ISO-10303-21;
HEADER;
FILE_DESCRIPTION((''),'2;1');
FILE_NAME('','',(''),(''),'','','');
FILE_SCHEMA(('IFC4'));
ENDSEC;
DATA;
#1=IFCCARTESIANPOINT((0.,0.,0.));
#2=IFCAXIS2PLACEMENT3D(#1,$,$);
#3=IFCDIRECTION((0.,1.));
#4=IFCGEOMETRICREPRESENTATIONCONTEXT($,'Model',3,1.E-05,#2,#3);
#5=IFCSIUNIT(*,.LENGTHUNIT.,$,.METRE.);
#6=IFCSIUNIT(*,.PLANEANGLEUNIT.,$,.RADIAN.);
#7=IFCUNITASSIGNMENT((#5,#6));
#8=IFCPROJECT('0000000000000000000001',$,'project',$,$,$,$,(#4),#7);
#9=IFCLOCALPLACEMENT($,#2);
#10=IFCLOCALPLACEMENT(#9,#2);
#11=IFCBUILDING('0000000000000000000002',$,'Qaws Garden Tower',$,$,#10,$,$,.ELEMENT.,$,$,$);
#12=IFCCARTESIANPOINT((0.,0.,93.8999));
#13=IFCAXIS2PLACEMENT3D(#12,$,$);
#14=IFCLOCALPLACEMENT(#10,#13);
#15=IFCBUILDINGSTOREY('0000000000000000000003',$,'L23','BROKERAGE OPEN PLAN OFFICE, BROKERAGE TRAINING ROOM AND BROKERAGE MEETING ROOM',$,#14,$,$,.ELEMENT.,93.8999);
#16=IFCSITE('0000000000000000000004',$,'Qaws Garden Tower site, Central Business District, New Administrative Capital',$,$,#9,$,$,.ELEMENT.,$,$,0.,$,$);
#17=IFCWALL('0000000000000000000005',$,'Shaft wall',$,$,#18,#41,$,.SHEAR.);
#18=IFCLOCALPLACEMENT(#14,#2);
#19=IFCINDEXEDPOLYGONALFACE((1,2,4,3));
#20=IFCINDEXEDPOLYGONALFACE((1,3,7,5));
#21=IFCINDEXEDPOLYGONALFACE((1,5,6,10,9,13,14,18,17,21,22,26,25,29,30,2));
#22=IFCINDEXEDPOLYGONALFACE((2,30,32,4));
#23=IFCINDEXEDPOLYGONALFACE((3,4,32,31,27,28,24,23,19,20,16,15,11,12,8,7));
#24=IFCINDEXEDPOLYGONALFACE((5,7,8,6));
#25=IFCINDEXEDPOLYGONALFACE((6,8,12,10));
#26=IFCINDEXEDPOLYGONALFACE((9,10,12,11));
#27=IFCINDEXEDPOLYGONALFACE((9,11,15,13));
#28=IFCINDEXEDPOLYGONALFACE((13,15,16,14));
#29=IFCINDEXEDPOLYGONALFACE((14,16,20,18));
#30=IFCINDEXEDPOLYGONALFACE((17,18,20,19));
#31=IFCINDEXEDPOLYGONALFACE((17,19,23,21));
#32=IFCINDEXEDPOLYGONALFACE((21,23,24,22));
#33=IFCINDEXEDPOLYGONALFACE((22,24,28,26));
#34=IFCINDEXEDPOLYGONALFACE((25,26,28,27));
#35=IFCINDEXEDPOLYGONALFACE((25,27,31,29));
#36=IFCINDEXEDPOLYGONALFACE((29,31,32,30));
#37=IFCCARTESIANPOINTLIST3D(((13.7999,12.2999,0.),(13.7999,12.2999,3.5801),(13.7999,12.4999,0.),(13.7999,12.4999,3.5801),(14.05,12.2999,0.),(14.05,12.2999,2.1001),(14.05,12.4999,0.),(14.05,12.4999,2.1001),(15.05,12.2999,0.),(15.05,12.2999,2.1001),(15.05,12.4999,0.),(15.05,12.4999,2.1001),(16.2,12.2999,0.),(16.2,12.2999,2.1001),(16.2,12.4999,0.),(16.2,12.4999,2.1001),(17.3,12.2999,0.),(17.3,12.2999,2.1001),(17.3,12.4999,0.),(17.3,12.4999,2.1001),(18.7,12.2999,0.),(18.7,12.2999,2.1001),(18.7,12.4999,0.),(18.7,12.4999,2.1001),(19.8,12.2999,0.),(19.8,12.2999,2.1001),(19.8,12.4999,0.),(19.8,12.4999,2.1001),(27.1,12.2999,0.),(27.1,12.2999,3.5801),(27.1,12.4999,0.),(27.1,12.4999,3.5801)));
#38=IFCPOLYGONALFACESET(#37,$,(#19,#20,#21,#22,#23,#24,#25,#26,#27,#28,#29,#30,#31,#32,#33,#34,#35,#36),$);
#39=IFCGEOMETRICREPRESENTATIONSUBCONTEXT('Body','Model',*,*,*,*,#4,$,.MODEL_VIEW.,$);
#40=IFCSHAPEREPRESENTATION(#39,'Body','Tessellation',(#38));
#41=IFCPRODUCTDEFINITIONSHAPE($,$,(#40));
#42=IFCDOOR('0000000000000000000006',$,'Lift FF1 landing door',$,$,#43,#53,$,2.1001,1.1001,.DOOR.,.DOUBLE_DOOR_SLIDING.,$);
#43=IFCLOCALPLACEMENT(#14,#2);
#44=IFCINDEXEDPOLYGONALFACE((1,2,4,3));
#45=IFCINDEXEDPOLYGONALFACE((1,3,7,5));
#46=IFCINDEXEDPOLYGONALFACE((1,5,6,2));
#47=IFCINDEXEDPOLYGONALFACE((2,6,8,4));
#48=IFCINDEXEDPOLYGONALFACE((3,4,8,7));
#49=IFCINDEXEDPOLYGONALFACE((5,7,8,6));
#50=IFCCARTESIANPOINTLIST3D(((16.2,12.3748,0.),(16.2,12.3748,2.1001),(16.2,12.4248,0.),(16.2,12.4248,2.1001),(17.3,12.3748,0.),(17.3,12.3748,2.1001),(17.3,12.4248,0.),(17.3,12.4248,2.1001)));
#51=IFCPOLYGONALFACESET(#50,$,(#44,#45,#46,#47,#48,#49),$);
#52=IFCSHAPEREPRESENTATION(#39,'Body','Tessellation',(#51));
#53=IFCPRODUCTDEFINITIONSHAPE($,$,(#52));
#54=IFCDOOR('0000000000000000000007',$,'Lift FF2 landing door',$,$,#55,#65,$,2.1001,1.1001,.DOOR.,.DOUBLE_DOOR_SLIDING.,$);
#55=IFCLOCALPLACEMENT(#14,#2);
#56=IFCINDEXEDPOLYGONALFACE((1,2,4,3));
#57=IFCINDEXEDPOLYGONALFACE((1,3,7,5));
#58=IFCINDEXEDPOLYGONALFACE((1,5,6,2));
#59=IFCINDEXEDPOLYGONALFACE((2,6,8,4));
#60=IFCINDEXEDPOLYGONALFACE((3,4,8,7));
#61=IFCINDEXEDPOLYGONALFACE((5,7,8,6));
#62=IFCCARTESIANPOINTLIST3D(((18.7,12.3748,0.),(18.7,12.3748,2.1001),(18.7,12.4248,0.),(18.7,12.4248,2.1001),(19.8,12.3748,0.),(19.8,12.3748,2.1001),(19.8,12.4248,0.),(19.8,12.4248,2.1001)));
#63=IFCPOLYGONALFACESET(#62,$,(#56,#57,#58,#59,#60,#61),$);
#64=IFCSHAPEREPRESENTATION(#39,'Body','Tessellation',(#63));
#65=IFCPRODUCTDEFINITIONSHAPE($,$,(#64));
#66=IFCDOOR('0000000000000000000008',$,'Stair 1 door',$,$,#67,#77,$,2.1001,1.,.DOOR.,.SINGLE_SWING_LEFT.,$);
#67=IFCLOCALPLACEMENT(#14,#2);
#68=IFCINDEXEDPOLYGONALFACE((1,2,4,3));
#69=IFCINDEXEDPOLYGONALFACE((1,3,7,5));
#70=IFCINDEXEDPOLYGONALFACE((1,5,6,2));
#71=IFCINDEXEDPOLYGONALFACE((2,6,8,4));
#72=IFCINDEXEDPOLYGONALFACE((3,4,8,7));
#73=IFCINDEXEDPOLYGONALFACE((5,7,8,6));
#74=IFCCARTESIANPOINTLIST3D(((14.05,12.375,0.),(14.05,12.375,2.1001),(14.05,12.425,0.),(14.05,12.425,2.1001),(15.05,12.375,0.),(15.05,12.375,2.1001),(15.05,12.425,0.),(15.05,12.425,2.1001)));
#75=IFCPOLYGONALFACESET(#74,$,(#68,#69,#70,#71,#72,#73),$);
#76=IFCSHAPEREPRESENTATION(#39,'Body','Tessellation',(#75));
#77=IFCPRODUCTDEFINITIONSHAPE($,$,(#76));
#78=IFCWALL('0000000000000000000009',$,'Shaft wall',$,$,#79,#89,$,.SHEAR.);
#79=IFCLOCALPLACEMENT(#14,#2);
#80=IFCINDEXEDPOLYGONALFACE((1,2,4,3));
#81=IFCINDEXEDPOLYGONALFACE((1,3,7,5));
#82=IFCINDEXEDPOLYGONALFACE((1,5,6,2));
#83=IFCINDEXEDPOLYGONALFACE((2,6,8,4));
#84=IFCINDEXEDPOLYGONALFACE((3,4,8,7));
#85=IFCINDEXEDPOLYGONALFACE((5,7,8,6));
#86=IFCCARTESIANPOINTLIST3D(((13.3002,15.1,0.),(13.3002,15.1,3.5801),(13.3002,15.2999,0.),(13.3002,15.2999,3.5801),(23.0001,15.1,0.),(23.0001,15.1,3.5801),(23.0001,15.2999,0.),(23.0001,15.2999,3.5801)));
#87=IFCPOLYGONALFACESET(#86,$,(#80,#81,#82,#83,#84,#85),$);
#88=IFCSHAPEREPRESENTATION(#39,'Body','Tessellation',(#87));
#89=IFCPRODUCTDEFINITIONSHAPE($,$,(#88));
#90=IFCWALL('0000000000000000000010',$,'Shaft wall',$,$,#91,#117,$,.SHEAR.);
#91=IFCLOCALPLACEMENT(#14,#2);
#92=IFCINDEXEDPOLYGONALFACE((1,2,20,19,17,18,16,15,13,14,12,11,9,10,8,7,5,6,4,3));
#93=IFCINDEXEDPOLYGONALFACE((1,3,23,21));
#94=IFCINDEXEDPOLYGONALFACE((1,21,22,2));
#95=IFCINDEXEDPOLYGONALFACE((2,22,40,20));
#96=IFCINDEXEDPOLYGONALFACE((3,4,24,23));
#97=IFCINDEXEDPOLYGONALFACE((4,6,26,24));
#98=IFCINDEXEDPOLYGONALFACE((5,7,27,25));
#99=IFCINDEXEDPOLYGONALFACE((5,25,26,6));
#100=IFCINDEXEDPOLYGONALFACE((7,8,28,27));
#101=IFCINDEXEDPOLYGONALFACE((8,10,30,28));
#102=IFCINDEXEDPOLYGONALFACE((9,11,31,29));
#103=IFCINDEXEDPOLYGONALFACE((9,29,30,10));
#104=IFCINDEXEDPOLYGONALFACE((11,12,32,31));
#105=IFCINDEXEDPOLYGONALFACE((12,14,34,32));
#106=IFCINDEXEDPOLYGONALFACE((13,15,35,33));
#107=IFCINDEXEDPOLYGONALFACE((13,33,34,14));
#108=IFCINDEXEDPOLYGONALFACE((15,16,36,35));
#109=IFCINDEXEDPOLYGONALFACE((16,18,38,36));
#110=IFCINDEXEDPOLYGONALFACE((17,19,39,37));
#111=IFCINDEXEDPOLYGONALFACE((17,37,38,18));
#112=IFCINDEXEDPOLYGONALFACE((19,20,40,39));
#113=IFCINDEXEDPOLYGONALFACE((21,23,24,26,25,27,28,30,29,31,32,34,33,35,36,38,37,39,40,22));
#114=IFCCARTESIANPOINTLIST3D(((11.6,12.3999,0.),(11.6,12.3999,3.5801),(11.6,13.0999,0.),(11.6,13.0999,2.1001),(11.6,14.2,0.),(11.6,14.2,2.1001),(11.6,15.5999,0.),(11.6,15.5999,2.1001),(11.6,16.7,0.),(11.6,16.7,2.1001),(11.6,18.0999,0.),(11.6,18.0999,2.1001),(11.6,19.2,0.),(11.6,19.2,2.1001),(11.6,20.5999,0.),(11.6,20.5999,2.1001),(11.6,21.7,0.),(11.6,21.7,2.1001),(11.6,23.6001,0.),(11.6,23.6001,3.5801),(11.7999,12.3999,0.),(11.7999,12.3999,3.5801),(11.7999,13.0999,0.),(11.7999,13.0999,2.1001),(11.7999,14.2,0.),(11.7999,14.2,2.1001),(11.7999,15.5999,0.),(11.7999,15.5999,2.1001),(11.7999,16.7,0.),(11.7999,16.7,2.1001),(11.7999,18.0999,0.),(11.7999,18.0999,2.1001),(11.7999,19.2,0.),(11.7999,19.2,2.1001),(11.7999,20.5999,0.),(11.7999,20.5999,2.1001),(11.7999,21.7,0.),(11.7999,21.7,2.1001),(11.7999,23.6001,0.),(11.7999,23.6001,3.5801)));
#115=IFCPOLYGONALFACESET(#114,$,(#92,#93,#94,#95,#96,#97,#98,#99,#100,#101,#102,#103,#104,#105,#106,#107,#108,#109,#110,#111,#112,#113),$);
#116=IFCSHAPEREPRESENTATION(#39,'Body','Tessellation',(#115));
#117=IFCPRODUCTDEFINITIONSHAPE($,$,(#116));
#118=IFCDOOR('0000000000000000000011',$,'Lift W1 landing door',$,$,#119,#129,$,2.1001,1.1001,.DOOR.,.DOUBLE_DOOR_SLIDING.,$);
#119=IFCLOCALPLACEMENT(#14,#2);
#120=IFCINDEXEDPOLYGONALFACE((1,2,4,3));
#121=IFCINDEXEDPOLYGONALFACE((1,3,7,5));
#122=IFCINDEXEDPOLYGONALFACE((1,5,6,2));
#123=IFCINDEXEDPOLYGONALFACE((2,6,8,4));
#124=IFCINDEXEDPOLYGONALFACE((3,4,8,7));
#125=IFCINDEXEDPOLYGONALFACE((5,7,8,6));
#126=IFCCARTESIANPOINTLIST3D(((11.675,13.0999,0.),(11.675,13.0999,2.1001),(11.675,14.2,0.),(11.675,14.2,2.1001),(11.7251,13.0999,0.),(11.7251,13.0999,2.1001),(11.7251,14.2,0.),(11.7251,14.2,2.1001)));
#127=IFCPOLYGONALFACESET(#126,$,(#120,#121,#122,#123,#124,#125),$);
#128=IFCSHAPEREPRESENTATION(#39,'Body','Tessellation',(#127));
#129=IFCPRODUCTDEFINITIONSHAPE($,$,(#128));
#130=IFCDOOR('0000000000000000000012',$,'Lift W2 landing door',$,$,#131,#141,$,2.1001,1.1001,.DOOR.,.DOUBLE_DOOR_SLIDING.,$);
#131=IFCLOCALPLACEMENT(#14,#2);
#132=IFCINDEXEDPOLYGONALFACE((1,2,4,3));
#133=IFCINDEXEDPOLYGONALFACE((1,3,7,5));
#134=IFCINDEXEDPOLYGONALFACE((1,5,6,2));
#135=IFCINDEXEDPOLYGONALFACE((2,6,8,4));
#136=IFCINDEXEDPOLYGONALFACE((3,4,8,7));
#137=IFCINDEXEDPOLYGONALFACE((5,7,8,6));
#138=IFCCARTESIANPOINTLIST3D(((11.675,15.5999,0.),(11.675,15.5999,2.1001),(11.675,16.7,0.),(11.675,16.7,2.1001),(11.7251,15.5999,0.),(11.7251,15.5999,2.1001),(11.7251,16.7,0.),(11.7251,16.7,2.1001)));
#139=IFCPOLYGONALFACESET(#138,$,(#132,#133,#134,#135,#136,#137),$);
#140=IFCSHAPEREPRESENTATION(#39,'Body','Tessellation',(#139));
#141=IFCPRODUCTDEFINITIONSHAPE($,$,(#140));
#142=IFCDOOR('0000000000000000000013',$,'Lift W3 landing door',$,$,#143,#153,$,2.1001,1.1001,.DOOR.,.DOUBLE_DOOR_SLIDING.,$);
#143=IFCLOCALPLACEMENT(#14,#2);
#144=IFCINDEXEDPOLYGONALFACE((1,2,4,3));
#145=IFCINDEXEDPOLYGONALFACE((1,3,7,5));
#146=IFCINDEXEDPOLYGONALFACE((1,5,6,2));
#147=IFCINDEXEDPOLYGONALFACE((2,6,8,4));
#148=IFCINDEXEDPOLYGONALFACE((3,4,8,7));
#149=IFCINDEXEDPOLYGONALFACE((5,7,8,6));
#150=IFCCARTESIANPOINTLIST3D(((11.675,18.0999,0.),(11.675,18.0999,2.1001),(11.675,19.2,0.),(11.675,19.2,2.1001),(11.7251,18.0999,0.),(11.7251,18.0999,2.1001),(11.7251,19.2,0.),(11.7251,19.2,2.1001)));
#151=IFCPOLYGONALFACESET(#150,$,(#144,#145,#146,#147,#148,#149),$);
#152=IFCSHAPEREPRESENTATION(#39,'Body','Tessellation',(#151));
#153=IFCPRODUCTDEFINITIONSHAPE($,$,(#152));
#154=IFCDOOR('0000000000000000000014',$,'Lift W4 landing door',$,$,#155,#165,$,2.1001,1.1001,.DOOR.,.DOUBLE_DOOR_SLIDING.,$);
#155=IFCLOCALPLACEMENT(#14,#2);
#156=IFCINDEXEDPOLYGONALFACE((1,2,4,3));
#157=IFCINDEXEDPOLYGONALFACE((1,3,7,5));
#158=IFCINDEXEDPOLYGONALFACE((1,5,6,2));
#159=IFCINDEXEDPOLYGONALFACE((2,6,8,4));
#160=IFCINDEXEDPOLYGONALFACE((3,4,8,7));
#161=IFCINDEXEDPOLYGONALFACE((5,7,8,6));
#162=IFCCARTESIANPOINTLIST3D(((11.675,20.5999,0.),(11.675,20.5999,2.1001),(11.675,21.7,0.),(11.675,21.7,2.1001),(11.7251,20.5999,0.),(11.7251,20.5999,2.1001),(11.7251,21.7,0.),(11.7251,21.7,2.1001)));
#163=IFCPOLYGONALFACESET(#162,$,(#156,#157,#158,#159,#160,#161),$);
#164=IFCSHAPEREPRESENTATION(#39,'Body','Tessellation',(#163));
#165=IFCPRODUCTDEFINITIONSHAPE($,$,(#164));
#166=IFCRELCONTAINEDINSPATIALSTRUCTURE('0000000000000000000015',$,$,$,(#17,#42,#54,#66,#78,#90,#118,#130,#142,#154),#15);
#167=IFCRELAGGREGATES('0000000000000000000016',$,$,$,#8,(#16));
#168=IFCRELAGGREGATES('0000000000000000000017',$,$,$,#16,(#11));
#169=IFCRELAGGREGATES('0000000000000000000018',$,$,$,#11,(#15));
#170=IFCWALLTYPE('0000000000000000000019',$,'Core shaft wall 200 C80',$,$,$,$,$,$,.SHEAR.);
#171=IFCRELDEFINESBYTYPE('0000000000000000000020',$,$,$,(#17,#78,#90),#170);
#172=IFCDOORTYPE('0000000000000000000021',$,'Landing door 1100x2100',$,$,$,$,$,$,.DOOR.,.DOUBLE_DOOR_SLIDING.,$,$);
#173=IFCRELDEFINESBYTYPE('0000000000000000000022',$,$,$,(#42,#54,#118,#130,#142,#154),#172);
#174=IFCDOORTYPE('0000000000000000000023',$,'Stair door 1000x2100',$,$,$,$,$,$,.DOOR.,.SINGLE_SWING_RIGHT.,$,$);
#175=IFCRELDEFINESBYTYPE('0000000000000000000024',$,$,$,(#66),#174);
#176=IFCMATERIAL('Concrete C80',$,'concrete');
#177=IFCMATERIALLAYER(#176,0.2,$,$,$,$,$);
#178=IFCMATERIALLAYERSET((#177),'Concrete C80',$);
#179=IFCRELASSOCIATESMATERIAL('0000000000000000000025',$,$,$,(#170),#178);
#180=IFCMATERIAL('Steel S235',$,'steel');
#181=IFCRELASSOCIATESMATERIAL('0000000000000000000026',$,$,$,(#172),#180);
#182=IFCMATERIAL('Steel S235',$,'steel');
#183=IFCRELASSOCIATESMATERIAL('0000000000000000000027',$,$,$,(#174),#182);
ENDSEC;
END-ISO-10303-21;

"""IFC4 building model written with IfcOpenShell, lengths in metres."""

from ifc_helpers import new_model, si_unit, direction, frame, frame_2d, origin, place, context, subcontext, project, spatial, rectangle, extrude, material, layer, layer_set, type_object, element, fill, save


model = new_model("IFC4")

# Units and contexts
model_context = context("Model", 3, precision=1e-05, world=origin(), true_north=direction((0.0, 1.0)))
body_context = subcontext(model_context, "Body", "Model", "MODEL_VIEW")
ifc_project = project(units=[si_unit("LENGTHUNIT", "METRE"), si_unit("PLANEANGLEUNIT", "RADIAN")], contexts=[model_context])

# Site, building, storey
site_placement = place(None, origin())
site = spatial("IfcSite", under=ifc_project, at=site_placement, Name="Qaws Garden Tower site, Central Business District, New Administrative Capital", CompositionType="ELEMENT", RefElevation=0.0)
building_placement = place(site_placement, origin())
building = spatial("IfcBuilding", under=site, at=building_placement, Name="Qaws Garden Tower", CompositionType="ELEMENT")
storey_placement = place(building_placement, frame((0.0, 0.0, 93.8999)))
storey = spatial("IfcBuildingStorey", under=building, at=storey_placement, Name="L23", Description="BROKERAGE OPEN PLAN OFFICE, BROKERAGE TRAINING ROOM AND BROKERAGE MEETING ROOM", CompositionType="ELEMENT", Elevation=93.8999)

# Wall, openings, doors
ifc_material_1 = material(Name="Concrete C80", Category="concrete")
ifc_layer_1 = layer(ifc_material_1, 0.2)
ifc_layer_set_1 = layer_set([ifc_layer_1], Name="Concrete C80")
wall_type_1 = type_object("IfcWallType", Name="Core shaft wall 200 C80", PredefinedType="SHEAR", material=ifc_layer_set_1)
wall_1_placement = place(storey_placement, frame((13.8, 12.3999, 0.0), z_axis=(0.0, 0.0, 1.0), x_axis=(1.0, 0.0, 0.0)))
wall_1 = element("IfcWall", 1, at=wall_1_placement, inside=storey, type_object=wall_type_1, Name="Shaft wall", PredefinedType="SHEAR", context=body_context, shape_type="SweptSolid", body=[
    extrude(rectangle(XDim=13.3, YDim=0.2, at=frame_2d((6.6499, 0.0))), origin(), (0.0, 0.0, 1.0), 3.5801),
])
opening_1_placement = place(wall_1_placement, frame((2.3999, 0.0, 0.0)))
opening_1 = element("IfcOpeningElement", 2, at=opening_1_placement, cuts=wall_1, PredefinedType="OPENING", context=body_context, shape_type="SweptSolid", body=[
    extrude(rectangle(XDim=1.1001, YDim=2.1001, at=frame_2d((0.55, 1.05))), frame((0.0, 0.1099, 0.0), z_axis=(0.0, -1.0, 0.0), x_axis=(1.0, 0.0, 0.0)), (0.0, 0.0, 1.0), 0.22),
])
opening_2_placement = place(wall_1_placement, frame((4.8999, 0.0, 0.0)))
opening_2 = element("IfcOpeningElement", 3, at=opening_2_placement, cuts=wall_1, PredefinedType="OPENING", context=body_context, shape_type="SweptSolid", body=[
    extrude(rectangle(XDim=1.1001, YDim=2.1001, at=frame_2d((0.55, 1.05))), frame((0.0, 0.1099, 0.0), z_axis=(0.0, -1.0, 0.0), x_axis=(1.0, 0.0, 0.0)), (0.0, 0.0, 1.0), 0.22),
])
opening_3_placement = place(wall_1_placement, frame((0.25, 0.0, 0.0)))
opening_3 = element("IfcOpeningElement", 4, at=opening_3_placement, cuts=wall_1, PredefinedType="OPENING", context=body_context, shape_type="SweptSolid", body=[
    extrude(rectangle(XDim=1.0, YDim=2.1001, at=frame_2d((0.5, 1.05))), frame((0.0, 0.1099, 0.0), z_axis=(0.0, -1.0, 0.0), x_axis=(1.0, 0.0, 0.0)), (0.0, 0.0, 1.0), 0.22),
])
ifc_material_2 = material(Name="Steel S235", Category="steel")
door_type_1 = type_object("IfcDoorType", Name="Landing door 1100x2100", OperationType="DOUBLE_DOOR_SLIDING", PredefinedType="DOOR", material=ifc_material_2)
door_1_placement = place(opening_1_placement, origin())
door_1 = element("IfcDoor", 5, at=door_1_placement, inside=storey, type_object=door_type_1, Name="Lift FF1 landing door", OperationType="DOUBLE_DOOR_SLIDING", OverallHeight=2.1001, OverallWidth=1.1001, PredefinedType="DOOR", context=body_context, shape_type="SweptSolid", body=[
    extrude(rectangle(XDim=1.1001, YDim=2.1001, at=frame_2d((0.55, 1.05))), frame((0.0, 0.0249, 0.0), z_axis=(0.0, -1.0, 0.0), x_axis=(1.0, 0.0, 0.0)), (0.0, 0.0, 1.0), 0.05),
])
fill(opening_1, door_1)
door_2_placement = place(opening_2_placement, origin())
door_2 = element("IfcDoor", 6, at=door_2_placement, inside=storey, type_object=door_type_1, Name="Lift FF2 landing door", OperationType="DOUBLE_DOOR_SLIDING", OverallHeight=2.1001, OverallWidth=1.1001, PredefinedType="DOOR", context=body_context, shape_type="SweptSolid", body=[
    extrude(rectangle(XDim=1.1001, YDim=2.1001, at=frame_2d((0.55, 1.05))), frame((0.0, 0.0249, 0.0), z_axis=(0.0, -1.0, 0.0), x_axis=(1.0, 0.0, 0.0)), (0.0, 0.0, 1.0), 0.05),
])
fill(opening_2, door_2)
ifc_material_3 = material(Name="Steel S235", Category="steel")
door_type_2 = type_object("IfcDoorType", Name="Stair door 1000x2100", OperationType="SINGLE_SWING_RIGHT", PredefinedType="DOOR", material=ifc_material_3)
door_3_placement = place(opening_3_placement, frame((1.0, 0.0, 0.0), z_axis=(0.0, 0.0, 1.0), x_axis=(-1.0, 0.0, 0.0)))
door_3 = element("IfcDoor", 7, at=door_3_placement, inside=storey, type_object=door_type_2, Name="Stair 1 door", OperationType="SINGLE_SWING_LEFT", OverallHeight=2.1001, OverallWidth=1.0, PredefinedType="DOOR", context=body_context, shape_type="SweptSolid", body=[
    extrude(rectangle(XDim=1.0, YDim=2.1001, at=frame_2d((0.5, 1.05))), frame((0.0, 0.0249, 0.0), z_axis=(0.0, -1.0, 0.0), x_axis=(1.0, 0.0, 0.0)), (0.0, 0.0, 1.0), 0.05),
])
fill(opening_3, door_3)

# Wall
wall_2_placement = place(storey_placement, frame((13.3, 15.2, 0.0), z_axis=(0.0, 0.0, 1.0), x_axis=(1.0, 0.0, 0.0)))
element("IfcWall", 8, at=wall_2_placement, inside=storey, type_object=wall_type_1, Name="Shaft wall", PredefinedType="SHEAR", context=body_context, shape_type="SweptSolid", body=[
    extrude(rectangle(XDim=9.7, YDim=0.2, at=frame_2d((4.8501, 0.0))), origin(), (0.0, 0.0, 1.0), 3.5801),
])

# Wall, openings, doors
wall_3_placement = place(storey_placement, frame((11.7, 12.3999, 0.0), z_axis=(0.0, 0.0, 1.0), x_axis=(0.0, 1.0, 0.0)))
wall_3 = element("IfcWall", 9, at=wall_3_placement, inside=storey, type_object=wall_type_1, Name="Shaft wall", PredefinedType="SHEAR", context=body_context, shape_type="SweptSolid", body=[
    extrude(rectangle(XDim=11.2002, YDim=0.2, at=frame_2d((5.6001, 0.0))), origin(), (0.0, 0.0, 1.0), 3.5801),
])
opening_4_placement = place(wall_3_placement, frame((0.7, 0.0, 0.0)))
opening_4 = element("IfcOpeningElement", 10, at=opening_4_placement, cuts=wall_3, PredefinedType="OPENING", context=body_context, shape_type="SweptSolid", body=[
    extrude(rectangle(XDim=1.1001, YDim=2.1001, at=frame_2d((0.55, 1.05))), frame((0.0, 0.1099, 0.0), z_axis=(0.0, -1.0, 0.0), x_axis=(1.0, 0.0, 0.0)), (0.0, 0.0, 1.0), 0.22),
])
opening_5_placement = place(wall_3_placement, frame((3.2, 0.0, 0.0)))
opening_5 = element("IfcOpeningElement", 11, at=opening_5_placement, cuts=wall_3, PredefinedType="OPENING", context=body_context, shape_type="SweptSolid", body=[
    extrude(rectangle(XDim=1.1001, YDim=2.1001, at=frame_2d((0.55, 1.05))), frame((0.0, 0.1099, 0.0), z_axis=(0.0, -1.0, 0.0), x_axis=(1.0, 0.0, 0.0)), (0.0, 0.0, 1.0), 0.22),
])
opening_6_placement = place(wall_3_placement, frame((5.7, 0.0, 0.0)))
opening_6 = element("IfcOpeningElement", 12, at=opening_6_placement, cuts=wall_3, PredefinedType="OPENING", context=body_context, shape_type="SweptSolid", body=[
    extrude(rectangle(XDim=1.1001, YDim=2.1001, at=frame_2d((0.55, 1.05))), frame((0.0, 0.1099, 0.0), z_axis=(0.0, -1.0, 0.0), x_axis=(1.0, 0.0, 0.0)), (0.0, 0.0, 1.0), 0.22),
])
opening_7_placement = place(wall_3_placement, frame((8.2, 0.0, 0.0)))
opening_7 = element("IfcOpeningElement", 13, at=opening_7_placement, cuts=wall_3, PredefinedType="OPENING", context=body_context, shape_type="SweptSolid", body=[
    extrude(rectangle(XDim=1.1001, YDim=2.1001, at=frame_2d((0.55, 1.05))), frame((0.0, 0.1099, 0.0), z_axis=(0.0, -1.0, 0.0), x_axis=(1.0, 0.0, 0.0)), (0.0, 0.0, 1.0), 0.22),
])
door_4_placement = place(opening_4_placement, origin())
door_4 = element("IfcDoor", 14, at=door_4_placement, inside=storey, type_object=door_type_1, Name="Lift W1 landing door", OperationType="DOUBLE_DOOR_SLIDING", OverallHeight=2.1001, OverallWidth=1.1001, PredefinedType="DOOR", context=body_context, shape_type="SweptSolid", body=[
    extrude(rectangle(XDim=1.1001, YDim=2.1001, at=frame_2d((0.55, 1.05))), frame((0.0, 0.0249, 0.0), z_axis=(0.0, -1.0, 0.0), x_axis=(1.0, 0.0, 0.0)), (0.0, 0.0, 1.0), 0.05),
])
fill(opening_4, door_4)
door_5_placement = place(opening_5_placement, origin())
door_5 = element("IfcDoor", 15, at=door_5_placement, inside=storey, type_object=door_type_1, Name="Lift W2 landing door", OperationType="DOUBLE_DOOR_SLIDING", OverallHeight=2.1001, OverallWidth=1.1001, PredefinedType="DOOR", context=body_context, shape_type="SweptSolid", body=[
    extrude(rectangle(XDim=1.1001, YDim=2.1001, at=frame_2d((0.55, 1.05))), frame((0.0, 0.0249, 0.0), z_axis=(0.0, -1.0, 0.0), x_axis=(1.0, 0.0, 0.0)), (0.0, 0.0, 1.0), 0.05),
])
fill(opening_5, door_5)
door_6_placement = place(opening_6_placement, origin())
door_6 = element("IfcDoor", 16, at=door_6_placement, inside=storey, type_object=door_type_1, Name="Lift W3 landing door", OperationType="DOUBLE_DOOR_SLIDING", OverallHeight=2.1001, OverallWidth=1.1001, PredefinedType="DOOR", context=body_context, shape_type="SweptSolid", body=[
    extrude(rectangle(XDim=1.1001, YDim=2.1001, at=frame_2d((0.55, 1.05))), frame((0.0, 0.0249, 0.0), z_axis=(0.0, -1.0, 0.0), x_axis=(1.0, 0.0, 0.0)), (0.0, 0.0, 1.0), 0.05),
])
fill(opening_6, door_6)
door_7_placement = place(opening_7_placement, origin())
door_7 = element("IfcDoor", 17, at=door_7_placement, inside=storey, type_object=door_type_1, Name="Lift W4 landing door", OperationType="DOUBLE_DOOR_SLIDING", OverallHeight=2.1001, OverallWidth=1.1001, PredefinedType="DOOR", context=body_context, shape_type="SweptSolid", body=[
    extrude(rectangle(XDim=1.1001, YDim=2.1001, at=frame_2d((0.55, 1.05))), frame((0.0, 0.0249, 0.0), z_axis=(0.0, -1.0, 0.0), x_axis=(1.0, 0.0, 0.0)), (0.0, 0.0, 1.0), 0.05),
])
fill(opening_7, door_7)

save(model, "model.ifc")
